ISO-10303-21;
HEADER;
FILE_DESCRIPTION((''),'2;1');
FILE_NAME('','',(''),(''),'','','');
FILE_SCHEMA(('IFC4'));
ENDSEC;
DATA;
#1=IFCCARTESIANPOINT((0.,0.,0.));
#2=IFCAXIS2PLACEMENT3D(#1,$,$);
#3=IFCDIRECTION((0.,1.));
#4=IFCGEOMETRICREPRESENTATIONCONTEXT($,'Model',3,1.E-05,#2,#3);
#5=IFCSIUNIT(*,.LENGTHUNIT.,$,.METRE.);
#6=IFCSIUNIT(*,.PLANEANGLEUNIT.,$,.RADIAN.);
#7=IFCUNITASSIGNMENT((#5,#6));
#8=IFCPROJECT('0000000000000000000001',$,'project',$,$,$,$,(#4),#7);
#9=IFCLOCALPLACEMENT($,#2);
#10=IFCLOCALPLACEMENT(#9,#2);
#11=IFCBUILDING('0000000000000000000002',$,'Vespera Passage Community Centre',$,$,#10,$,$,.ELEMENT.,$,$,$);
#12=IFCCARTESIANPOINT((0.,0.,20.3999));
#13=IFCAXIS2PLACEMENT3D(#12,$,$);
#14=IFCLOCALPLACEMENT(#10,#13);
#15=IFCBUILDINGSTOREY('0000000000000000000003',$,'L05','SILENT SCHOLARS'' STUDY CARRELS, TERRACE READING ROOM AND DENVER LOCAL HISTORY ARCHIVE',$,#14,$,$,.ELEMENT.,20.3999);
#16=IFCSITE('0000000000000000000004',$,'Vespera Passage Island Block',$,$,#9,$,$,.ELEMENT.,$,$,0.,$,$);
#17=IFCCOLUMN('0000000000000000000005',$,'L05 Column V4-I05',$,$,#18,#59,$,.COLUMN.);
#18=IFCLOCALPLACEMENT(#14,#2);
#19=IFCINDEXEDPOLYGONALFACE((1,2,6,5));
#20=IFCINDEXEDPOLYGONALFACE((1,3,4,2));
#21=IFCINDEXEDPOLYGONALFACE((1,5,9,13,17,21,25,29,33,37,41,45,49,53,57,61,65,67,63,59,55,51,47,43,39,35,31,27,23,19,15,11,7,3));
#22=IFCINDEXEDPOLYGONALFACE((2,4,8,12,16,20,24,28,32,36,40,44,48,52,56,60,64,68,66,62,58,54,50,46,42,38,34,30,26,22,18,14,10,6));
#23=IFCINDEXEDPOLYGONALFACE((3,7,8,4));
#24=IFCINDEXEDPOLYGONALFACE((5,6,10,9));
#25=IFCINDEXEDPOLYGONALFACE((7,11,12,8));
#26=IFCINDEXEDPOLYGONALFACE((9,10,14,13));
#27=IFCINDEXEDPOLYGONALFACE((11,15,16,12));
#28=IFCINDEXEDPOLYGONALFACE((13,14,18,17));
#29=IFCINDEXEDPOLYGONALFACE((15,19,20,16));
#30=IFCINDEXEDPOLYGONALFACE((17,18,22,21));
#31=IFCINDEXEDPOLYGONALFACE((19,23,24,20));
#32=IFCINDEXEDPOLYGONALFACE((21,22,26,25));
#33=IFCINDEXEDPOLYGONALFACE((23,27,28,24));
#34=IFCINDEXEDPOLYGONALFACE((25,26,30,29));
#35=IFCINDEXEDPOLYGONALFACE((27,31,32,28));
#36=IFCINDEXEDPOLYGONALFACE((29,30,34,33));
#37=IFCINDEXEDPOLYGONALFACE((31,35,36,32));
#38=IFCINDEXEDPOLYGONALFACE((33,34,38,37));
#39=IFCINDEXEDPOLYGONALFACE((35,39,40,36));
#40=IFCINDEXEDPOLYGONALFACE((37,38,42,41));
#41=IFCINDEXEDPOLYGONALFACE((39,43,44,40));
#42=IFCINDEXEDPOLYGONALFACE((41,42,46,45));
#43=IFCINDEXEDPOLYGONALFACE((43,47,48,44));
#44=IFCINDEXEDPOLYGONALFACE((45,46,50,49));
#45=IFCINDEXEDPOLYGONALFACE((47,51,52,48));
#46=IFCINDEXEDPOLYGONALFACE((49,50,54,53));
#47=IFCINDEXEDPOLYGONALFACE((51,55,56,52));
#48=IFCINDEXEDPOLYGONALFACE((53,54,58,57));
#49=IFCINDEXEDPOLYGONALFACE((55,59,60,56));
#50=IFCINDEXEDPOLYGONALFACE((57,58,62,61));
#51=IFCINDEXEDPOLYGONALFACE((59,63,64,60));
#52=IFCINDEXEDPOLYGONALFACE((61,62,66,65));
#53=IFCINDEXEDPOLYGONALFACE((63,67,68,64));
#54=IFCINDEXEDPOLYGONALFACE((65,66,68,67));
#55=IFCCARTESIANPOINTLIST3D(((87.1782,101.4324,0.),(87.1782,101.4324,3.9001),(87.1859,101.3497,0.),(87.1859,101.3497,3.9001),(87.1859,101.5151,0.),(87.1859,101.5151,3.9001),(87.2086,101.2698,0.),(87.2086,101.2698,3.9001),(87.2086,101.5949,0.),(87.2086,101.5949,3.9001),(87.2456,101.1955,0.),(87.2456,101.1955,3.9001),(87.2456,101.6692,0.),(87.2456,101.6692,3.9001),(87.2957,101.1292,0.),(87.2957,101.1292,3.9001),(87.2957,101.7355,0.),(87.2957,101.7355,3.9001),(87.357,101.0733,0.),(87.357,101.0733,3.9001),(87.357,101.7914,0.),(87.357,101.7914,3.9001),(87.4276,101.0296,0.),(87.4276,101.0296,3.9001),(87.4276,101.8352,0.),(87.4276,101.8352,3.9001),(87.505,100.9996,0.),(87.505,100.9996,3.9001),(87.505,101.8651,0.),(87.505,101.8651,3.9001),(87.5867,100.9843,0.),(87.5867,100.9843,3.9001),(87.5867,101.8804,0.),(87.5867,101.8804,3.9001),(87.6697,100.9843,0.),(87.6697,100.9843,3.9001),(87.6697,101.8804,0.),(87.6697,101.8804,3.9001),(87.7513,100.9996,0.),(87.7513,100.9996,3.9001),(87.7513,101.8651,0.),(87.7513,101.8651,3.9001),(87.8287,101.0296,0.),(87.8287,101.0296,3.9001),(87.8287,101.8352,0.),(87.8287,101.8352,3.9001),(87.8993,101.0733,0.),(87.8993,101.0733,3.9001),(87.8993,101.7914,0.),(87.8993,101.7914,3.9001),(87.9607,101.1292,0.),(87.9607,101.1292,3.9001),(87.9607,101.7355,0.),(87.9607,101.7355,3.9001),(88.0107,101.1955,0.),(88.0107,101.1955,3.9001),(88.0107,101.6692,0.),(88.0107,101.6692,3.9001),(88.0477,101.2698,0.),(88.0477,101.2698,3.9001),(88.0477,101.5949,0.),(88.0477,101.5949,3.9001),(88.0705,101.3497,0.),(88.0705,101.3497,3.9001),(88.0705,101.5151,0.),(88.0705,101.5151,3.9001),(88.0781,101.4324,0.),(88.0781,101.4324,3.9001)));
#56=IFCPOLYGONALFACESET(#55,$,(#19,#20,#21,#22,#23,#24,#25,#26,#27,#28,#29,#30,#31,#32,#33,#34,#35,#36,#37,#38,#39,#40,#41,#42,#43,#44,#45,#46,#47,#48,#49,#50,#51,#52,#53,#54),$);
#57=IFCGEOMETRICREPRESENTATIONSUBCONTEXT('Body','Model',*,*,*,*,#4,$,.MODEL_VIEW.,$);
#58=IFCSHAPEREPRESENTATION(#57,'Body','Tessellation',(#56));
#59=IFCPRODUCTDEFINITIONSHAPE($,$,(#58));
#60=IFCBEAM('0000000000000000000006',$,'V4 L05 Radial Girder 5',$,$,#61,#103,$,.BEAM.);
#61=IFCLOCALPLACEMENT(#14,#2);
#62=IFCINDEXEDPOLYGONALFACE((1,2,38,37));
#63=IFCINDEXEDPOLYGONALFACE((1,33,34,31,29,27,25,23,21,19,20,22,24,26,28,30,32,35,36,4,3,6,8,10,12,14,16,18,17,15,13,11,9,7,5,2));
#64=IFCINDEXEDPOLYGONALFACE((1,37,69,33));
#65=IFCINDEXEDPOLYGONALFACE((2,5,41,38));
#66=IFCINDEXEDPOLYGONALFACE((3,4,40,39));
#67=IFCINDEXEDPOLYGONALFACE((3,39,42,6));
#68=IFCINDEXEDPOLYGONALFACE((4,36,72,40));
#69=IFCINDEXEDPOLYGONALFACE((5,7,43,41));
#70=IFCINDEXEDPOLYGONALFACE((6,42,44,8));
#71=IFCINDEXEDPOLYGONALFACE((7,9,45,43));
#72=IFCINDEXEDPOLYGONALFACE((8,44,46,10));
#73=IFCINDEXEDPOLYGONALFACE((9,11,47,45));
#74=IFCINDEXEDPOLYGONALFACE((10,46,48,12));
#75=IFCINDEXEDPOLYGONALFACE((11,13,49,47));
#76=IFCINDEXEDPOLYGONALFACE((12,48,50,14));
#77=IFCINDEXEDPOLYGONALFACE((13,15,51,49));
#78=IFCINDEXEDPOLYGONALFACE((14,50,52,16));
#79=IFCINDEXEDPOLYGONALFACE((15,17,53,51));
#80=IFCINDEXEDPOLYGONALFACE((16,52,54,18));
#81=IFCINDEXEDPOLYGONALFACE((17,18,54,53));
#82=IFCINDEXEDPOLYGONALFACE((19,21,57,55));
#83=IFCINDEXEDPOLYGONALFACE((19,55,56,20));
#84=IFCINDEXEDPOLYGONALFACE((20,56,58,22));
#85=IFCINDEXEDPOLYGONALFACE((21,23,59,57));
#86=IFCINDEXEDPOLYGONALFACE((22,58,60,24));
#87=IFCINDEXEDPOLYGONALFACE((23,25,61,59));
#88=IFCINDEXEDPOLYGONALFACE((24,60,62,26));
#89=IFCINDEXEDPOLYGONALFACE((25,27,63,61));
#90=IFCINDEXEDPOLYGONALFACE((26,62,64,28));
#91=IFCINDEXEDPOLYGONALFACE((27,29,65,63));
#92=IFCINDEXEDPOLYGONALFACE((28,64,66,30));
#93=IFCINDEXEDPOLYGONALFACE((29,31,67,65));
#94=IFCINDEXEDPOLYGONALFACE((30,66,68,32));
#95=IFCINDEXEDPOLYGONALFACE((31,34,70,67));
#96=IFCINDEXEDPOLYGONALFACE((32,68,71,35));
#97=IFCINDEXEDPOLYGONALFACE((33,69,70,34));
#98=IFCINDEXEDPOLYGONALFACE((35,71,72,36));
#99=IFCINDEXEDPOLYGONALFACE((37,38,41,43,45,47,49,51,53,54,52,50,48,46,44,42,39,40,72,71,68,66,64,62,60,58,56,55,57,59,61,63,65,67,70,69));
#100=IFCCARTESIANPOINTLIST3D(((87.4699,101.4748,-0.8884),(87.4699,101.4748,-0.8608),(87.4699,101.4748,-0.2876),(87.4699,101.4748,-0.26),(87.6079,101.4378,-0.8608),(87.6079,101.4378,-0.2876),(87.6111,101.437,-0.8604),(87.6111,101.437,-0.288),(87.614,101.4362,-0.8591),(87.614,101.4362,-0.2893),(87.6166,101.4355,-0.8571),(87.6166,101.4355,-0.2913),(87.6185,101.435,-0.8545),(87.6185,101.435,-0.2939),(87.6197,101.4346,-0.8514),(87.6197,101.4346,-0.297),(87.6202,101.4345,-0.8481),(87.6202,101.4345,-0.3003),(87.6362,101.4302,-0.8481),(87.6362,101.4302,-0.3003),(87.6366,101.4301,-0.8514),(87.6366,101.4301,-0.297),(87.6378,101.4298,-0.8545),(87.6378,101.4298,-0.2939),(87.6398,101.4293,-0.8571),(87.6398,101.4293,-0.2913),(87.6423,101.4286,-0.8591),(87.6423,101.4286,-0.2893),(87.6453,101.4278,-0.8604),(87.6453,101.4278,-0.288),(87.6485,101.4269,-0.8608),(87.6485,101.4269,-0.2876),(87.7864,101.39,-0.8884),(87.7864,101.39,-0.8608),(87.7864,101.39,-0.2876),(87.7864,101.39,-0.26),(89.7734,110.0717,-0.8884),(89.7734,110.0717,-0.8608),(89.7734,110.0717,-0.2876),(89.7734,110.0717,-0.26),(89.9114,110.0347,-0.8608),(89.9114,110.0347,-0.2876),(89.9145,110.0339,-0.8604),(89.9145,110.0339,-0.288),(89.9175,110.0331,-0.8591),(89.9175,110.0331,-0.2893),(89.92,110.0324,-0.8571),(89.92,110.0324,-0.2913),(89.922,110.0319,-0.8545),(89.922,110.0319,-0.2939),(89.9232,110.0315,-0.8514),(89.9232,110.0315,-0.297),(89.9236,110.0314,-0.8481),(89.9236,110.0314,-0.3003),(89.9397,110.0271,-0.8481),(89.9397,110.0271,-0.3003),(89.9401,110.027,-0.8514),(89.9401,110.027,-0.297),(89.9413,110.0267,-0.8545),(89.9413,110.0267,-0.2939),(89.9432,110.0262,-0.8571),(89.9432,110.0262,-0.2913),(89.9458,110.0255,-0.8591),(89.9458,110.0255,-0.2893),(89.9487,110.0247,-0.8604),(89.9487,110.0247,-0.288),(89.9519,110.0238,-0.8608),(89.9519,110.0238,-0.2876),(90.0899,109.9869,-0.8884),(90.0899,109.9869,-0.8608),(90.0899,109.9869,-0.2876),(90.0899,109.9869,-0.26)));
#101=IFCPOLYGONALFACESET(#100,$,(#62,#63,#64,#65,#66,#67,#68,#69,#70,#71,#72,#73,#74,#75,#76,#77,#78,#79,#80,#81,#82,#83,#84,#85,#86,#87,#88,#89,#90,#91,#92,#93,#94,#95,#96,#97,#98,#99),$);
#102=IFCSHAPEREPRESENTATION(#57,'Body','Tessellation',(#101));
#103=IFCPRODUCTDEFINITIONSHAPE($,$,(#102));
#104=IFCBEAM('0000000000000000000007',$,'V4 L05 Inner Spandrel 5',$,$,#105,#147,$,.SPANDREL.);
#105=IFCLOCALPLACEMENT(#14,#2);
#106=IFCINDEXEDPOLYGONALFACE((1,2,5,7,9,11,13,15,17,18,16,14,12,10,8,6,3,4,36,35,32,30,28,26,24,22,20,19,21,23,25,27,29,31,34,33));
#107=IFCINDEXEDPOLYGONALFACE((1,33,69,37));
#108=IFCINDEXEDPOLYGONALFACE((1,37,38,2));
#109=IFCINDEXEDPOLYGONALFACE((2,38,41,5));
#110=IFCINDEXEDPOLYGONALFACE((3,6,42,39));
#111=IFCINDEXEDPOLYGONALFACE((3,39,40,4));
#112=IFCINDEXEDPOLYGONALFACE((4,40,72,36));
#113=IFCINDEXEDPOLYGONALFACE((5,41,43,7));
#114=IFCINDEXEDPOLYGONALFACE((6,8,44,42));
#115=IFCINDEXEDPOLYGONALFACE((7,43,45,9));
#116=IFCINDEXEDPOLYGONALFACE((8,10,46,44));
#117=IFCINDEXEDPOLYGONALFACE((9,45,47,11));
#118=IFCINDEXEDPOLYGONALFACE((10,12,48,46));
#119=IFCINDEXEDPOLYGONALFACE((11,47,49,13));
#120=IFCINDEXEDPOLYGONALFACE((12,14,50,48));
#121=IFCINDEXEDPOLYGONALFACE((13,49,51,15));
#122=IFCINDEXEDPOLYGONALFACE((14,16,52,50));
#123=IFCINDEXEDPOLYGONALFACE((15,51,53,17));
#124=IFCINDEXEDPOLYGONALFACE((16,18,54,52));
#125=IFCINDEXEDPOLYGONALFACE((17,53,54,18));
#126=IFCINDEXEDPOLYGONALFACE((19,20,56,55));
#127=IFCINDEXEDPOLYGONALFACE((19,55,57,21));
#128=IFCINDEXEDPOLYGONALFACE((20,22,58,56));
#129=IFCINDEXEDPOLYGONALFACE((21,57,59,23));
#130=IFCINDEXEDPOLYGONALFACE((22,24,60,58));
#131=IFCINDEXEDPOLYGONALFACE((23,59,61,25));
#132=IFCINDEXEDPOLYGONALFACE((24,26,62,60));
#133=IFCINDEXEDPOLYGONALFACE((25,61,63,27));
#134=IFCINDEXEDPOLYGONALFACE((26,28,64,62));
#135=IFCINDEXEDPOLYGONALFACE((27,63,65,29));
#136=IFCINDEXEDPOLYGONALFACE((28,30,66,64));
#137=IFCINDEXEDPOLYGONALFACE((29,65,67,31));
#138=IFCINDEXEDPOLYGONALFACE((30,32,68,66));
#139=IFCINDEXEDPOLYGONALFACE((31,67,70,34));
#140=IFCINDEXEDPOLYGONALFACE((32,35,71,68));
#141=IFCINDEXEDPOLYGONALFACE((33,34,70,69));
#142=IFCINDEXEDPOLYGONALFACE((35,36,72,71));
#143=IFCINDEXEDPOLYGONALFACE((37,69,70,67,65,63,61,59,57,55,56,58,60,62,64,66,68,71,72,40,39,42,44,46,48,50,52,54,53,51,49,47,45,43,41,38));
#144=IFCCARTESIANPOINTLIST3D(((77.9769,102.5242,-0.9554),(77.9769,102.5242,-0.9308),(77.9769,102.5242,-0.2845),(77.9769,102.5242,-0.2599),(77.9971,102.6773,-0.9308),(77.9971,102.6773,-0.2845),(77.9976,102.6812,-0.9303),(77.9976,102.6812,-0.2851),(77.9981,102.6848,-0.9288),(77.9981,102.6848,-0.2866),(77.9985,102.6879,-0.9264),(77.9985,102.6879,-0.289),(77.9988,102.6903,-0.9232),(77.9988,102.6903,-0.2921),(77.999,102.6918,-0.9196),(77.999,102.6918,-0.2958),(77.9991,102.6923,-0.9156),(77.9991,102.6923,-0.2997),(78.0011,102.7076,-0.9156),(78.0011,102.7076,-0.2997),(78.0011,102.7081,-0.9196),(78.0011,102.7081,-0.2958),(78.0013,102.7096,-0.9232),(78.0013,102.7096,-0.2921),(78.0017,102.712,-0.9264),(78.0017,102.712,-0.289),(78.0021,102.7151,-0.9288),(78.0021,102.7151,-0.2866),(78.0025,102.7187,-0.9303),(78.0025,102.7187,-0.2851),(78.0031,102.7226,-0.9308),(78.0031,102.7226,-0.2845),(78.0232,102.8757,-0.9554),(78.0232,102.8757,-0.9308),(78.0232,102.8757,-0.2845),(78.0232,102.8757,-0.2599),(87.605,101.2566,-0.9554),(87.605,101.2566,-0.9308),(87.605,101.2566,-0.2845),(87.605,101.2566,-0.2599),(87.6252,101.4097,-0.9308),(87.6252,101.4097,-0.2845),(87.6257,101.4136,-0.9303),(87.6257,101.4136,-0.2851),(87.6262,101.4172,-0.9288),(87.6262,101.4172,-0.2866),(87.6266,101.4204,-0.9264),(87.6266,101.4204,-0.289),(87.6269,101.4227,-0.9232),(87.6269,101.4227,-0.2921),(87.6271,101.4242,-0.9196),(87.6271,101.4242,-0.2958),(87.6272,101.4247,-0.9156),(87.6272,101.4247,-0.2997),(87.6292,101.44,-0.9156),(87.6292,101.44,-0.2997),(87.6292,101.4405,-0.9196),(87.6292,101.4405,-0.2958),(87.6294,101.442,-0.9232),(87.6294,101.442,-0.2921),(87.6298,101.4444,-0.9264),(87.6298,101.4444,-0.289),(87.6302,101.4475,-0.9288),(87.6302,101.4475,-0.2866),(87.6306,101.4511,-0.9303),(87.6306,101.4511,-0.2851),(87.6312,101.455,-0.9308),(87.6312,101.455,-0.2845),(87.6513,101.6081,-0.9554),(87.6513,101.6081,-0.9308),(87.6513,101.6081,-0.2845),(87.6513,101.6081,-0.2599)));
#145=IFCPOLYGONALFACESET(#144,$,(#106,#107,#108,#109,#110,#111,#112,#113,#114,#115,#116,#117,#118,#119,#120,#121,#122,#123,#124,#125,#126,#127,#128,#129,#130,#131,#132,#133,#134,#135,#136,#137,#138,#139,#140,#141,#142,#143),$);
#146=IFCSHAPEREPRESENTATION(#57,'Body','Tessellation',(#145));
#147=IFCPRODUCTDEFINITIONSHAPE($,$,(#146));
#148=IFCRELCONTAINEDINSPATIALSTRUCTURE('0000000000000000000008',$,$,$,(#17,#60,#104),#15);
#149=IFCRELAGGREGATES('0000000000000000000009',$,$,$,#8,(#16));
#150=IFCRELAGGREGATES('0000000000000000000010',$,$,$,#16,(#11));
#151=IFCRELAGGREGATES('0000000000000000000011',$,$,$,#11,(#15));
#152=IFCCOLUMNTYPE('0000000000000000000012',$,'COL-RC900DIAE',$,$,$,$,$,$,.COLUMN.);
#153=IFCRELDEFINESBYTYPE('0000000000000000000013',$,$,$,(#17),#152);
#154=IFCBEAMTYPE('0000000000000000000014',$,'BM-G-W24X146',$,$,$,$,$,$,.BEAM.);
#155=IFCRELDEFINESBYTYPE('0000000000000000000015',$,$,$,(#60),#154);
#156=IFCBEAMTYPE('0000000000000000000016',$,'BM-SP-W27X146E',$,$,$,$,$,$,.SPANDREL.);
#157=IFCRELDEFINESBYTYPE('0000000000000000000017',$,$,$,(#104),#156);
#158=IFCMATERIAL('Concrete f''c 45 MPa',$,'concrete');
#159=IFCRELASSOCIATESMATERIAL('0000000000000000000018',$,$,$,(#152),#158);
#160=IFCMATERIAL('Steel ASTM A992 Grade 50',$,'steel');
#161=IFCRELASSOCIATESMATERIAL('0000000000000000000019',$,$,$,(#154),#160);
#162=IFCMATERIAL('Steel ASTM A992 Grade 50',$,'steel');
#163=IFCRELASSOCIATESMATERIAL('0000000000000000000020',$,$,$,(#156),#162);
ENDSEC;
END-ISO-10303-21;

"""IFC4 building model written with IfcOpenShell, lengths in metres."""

from ifc_helpers import new_model, si_unit, direction, frame, origin, origin_2d, place, context, subcontext, project, spatial, circle, i_section, extrude, material, material_profile, profile_set, type_object, element, save


model = new_model("IFC4")

# Units and contexts
model_context = context("Model", 3, precision=1e-05, world=origin(), true_north=direction((0.0, 1.0)))
body_context = subcontext(model_context, "Body", "Model", "MODEL_VIEW")
ifc_project = project(units=[si_unit("LENGTHUNIT", "METRE"), si_unit("PLANEANGLEUNIT", "RADIAN")], contexts=[model_context])

# Site, building, storey
site_placement = place(None, origin())
site = spatial("IfcSite", under=ifc_project, at=site_placement, Name="Vespera Passage Island Block", CompositionType="ELEMENT", RefElevation=0.0)
building_placement = place(site_placement, origin())
building = spatial("IfcBuilding", under=site, at=building_placement, Name="Vespera Passage Community Centre", CompositionType="ELEMENT")
storey_placement = place(building_placement, frame((0.0, 0.0, 20.3999)))
storey = spatial("IfcBuildingStorey", under=building, at=storey_placement, Name="L05", Description="SILENT SCHOLARS' STUDY CARRELS, TERRACE READING ROOM AND DENVER LOCAL HISTORY ARCHIVE", CompositionType="ELEMENT", Elevation=20.3999)

# Column
ifc_material_1 = material(Name="Concrete f'c 45 MPa", Category="concrete")
ifc_material_profile_1 = material_profile(ifc_material_1, circle(Radius=0.45, at=origin_2d()), Name="RC900DIA")
ifc_profile_set_1 = profile_set([ifc_material_profile_1], Name="Concrete f'c 45 MPa")
column_type = type_object("IfcColumnType", Name="COL-RC900DIAE", PredefinedType="COLUMN", material=ifc_profile_set_1)
column_placement = place(storey_placement, frame((87.6282, 101.4324, 0.0), z_axis=(0.0, 0.0, 1.0), x_axis=(1.0, 0.0, 0.0)))
element("IfcColumn", 1, at=column_placement, inside=storey, type_object=column_type, Name="L05 Column V4-I05", PredefinedType="COLUMN", context=body_context, shape_type="SweptSolid", body=[
    extrude(circle(Radius=0.45, at=origin_2d()), origin(), (0.0, 0.0, 1.0), 3.9001),
])

# Beams
ifc_material_2 = material(Name="Steel ASTM A992 Grade 50", Category="steel")
ifc_material_profile_2 = material_profile(ifc_material_2, i_section(OverallWidth=0.3276, OverallDepth=0.6284, WebThickness=0.0166, FlangeThickness=0.0276, FilletRadius=0.0127, at=origin_2d()), Name="W24X146")
ifc_profile_set_2 = profile_set([ifc_material_profile_2], Name="Steel ASTM A992 Grade 50")
beam_type_1 = type_object("IfcBeamType", Name="BM-G-W24X146", PredefinedType="BEAM", material=ifc_profile_set_2)
beam_1_placement = place(storey_placement, frame((87.6282, 101.4324, -0.5742), z_axis=(0.258811, 0.965928, 0.0), x_axis=(-0.965928, 0.258811, 0.0)))
element("IfcBeam", 2, at=beam_1_placement, inside=storey, type_object=beam_type_1, Name="V4 L05 Radial Girder 5", PredefinedType="BEAM", context=body_context, shape_type="SweptSolid", body=[
    extrude(i_section(OverallWidth=0.3276, OverallDepth=0.6284, WebThickness=0.0166, FlangeThickness=0.0276, FilletRadius=0.0127, at=origin_2d()), origin(), (0.0, 0.0, 1.0), 8.9001),
])
ifc_material_3 = material(Name="Steel ASTM A992 Grade 50", Category="steel")
ifc_material_profile_3 = material_profile(ifc_material_3, i_section(OverallWidth=0.3545, OverallDepth=0.6956, WebThickness=0.0154, FlangeThickness=0.0247, FilletRadius=0.0151, at=origin_2d()), Name="W27X146")
ifc_profile_set_3 = profile_set([ifc_material_profile_3], Name="Steel ASTM A992 Grade 50")
beam_type_2 = type_object("IfcBeamType", Name="BM-SP-W27X146E", PredefinedType="SPANDREL", material=ifc_profile_set_3)
beam_2_placement = place(storey_placement, frame((87.6282, 101.4324, -0.6077), z_axis=(-0.991445, 0.130527, 0.0), x_axis=(-0.130527, -0.991445, 0.0)))
element("IfcBeam", 3, at=beam_2_placement, inside=storey, type_object=beam_type_2, Name="V4 L05 Inner Spandrel 5", PredefinedType="SPANDREL", context=body_context, shape_type="SweptSolid", body=[
    extrude(i_section(OverallWidth=0.3545, OverallDepth=0.6956, WebThickness=0.0154, FlangeThickness=0.0247, FilletRadius=0.0151, at=origin_2d()), origin(), (0.0, 0.0, 1.0), 9.7112),
])

save(model, "model.ifc")
